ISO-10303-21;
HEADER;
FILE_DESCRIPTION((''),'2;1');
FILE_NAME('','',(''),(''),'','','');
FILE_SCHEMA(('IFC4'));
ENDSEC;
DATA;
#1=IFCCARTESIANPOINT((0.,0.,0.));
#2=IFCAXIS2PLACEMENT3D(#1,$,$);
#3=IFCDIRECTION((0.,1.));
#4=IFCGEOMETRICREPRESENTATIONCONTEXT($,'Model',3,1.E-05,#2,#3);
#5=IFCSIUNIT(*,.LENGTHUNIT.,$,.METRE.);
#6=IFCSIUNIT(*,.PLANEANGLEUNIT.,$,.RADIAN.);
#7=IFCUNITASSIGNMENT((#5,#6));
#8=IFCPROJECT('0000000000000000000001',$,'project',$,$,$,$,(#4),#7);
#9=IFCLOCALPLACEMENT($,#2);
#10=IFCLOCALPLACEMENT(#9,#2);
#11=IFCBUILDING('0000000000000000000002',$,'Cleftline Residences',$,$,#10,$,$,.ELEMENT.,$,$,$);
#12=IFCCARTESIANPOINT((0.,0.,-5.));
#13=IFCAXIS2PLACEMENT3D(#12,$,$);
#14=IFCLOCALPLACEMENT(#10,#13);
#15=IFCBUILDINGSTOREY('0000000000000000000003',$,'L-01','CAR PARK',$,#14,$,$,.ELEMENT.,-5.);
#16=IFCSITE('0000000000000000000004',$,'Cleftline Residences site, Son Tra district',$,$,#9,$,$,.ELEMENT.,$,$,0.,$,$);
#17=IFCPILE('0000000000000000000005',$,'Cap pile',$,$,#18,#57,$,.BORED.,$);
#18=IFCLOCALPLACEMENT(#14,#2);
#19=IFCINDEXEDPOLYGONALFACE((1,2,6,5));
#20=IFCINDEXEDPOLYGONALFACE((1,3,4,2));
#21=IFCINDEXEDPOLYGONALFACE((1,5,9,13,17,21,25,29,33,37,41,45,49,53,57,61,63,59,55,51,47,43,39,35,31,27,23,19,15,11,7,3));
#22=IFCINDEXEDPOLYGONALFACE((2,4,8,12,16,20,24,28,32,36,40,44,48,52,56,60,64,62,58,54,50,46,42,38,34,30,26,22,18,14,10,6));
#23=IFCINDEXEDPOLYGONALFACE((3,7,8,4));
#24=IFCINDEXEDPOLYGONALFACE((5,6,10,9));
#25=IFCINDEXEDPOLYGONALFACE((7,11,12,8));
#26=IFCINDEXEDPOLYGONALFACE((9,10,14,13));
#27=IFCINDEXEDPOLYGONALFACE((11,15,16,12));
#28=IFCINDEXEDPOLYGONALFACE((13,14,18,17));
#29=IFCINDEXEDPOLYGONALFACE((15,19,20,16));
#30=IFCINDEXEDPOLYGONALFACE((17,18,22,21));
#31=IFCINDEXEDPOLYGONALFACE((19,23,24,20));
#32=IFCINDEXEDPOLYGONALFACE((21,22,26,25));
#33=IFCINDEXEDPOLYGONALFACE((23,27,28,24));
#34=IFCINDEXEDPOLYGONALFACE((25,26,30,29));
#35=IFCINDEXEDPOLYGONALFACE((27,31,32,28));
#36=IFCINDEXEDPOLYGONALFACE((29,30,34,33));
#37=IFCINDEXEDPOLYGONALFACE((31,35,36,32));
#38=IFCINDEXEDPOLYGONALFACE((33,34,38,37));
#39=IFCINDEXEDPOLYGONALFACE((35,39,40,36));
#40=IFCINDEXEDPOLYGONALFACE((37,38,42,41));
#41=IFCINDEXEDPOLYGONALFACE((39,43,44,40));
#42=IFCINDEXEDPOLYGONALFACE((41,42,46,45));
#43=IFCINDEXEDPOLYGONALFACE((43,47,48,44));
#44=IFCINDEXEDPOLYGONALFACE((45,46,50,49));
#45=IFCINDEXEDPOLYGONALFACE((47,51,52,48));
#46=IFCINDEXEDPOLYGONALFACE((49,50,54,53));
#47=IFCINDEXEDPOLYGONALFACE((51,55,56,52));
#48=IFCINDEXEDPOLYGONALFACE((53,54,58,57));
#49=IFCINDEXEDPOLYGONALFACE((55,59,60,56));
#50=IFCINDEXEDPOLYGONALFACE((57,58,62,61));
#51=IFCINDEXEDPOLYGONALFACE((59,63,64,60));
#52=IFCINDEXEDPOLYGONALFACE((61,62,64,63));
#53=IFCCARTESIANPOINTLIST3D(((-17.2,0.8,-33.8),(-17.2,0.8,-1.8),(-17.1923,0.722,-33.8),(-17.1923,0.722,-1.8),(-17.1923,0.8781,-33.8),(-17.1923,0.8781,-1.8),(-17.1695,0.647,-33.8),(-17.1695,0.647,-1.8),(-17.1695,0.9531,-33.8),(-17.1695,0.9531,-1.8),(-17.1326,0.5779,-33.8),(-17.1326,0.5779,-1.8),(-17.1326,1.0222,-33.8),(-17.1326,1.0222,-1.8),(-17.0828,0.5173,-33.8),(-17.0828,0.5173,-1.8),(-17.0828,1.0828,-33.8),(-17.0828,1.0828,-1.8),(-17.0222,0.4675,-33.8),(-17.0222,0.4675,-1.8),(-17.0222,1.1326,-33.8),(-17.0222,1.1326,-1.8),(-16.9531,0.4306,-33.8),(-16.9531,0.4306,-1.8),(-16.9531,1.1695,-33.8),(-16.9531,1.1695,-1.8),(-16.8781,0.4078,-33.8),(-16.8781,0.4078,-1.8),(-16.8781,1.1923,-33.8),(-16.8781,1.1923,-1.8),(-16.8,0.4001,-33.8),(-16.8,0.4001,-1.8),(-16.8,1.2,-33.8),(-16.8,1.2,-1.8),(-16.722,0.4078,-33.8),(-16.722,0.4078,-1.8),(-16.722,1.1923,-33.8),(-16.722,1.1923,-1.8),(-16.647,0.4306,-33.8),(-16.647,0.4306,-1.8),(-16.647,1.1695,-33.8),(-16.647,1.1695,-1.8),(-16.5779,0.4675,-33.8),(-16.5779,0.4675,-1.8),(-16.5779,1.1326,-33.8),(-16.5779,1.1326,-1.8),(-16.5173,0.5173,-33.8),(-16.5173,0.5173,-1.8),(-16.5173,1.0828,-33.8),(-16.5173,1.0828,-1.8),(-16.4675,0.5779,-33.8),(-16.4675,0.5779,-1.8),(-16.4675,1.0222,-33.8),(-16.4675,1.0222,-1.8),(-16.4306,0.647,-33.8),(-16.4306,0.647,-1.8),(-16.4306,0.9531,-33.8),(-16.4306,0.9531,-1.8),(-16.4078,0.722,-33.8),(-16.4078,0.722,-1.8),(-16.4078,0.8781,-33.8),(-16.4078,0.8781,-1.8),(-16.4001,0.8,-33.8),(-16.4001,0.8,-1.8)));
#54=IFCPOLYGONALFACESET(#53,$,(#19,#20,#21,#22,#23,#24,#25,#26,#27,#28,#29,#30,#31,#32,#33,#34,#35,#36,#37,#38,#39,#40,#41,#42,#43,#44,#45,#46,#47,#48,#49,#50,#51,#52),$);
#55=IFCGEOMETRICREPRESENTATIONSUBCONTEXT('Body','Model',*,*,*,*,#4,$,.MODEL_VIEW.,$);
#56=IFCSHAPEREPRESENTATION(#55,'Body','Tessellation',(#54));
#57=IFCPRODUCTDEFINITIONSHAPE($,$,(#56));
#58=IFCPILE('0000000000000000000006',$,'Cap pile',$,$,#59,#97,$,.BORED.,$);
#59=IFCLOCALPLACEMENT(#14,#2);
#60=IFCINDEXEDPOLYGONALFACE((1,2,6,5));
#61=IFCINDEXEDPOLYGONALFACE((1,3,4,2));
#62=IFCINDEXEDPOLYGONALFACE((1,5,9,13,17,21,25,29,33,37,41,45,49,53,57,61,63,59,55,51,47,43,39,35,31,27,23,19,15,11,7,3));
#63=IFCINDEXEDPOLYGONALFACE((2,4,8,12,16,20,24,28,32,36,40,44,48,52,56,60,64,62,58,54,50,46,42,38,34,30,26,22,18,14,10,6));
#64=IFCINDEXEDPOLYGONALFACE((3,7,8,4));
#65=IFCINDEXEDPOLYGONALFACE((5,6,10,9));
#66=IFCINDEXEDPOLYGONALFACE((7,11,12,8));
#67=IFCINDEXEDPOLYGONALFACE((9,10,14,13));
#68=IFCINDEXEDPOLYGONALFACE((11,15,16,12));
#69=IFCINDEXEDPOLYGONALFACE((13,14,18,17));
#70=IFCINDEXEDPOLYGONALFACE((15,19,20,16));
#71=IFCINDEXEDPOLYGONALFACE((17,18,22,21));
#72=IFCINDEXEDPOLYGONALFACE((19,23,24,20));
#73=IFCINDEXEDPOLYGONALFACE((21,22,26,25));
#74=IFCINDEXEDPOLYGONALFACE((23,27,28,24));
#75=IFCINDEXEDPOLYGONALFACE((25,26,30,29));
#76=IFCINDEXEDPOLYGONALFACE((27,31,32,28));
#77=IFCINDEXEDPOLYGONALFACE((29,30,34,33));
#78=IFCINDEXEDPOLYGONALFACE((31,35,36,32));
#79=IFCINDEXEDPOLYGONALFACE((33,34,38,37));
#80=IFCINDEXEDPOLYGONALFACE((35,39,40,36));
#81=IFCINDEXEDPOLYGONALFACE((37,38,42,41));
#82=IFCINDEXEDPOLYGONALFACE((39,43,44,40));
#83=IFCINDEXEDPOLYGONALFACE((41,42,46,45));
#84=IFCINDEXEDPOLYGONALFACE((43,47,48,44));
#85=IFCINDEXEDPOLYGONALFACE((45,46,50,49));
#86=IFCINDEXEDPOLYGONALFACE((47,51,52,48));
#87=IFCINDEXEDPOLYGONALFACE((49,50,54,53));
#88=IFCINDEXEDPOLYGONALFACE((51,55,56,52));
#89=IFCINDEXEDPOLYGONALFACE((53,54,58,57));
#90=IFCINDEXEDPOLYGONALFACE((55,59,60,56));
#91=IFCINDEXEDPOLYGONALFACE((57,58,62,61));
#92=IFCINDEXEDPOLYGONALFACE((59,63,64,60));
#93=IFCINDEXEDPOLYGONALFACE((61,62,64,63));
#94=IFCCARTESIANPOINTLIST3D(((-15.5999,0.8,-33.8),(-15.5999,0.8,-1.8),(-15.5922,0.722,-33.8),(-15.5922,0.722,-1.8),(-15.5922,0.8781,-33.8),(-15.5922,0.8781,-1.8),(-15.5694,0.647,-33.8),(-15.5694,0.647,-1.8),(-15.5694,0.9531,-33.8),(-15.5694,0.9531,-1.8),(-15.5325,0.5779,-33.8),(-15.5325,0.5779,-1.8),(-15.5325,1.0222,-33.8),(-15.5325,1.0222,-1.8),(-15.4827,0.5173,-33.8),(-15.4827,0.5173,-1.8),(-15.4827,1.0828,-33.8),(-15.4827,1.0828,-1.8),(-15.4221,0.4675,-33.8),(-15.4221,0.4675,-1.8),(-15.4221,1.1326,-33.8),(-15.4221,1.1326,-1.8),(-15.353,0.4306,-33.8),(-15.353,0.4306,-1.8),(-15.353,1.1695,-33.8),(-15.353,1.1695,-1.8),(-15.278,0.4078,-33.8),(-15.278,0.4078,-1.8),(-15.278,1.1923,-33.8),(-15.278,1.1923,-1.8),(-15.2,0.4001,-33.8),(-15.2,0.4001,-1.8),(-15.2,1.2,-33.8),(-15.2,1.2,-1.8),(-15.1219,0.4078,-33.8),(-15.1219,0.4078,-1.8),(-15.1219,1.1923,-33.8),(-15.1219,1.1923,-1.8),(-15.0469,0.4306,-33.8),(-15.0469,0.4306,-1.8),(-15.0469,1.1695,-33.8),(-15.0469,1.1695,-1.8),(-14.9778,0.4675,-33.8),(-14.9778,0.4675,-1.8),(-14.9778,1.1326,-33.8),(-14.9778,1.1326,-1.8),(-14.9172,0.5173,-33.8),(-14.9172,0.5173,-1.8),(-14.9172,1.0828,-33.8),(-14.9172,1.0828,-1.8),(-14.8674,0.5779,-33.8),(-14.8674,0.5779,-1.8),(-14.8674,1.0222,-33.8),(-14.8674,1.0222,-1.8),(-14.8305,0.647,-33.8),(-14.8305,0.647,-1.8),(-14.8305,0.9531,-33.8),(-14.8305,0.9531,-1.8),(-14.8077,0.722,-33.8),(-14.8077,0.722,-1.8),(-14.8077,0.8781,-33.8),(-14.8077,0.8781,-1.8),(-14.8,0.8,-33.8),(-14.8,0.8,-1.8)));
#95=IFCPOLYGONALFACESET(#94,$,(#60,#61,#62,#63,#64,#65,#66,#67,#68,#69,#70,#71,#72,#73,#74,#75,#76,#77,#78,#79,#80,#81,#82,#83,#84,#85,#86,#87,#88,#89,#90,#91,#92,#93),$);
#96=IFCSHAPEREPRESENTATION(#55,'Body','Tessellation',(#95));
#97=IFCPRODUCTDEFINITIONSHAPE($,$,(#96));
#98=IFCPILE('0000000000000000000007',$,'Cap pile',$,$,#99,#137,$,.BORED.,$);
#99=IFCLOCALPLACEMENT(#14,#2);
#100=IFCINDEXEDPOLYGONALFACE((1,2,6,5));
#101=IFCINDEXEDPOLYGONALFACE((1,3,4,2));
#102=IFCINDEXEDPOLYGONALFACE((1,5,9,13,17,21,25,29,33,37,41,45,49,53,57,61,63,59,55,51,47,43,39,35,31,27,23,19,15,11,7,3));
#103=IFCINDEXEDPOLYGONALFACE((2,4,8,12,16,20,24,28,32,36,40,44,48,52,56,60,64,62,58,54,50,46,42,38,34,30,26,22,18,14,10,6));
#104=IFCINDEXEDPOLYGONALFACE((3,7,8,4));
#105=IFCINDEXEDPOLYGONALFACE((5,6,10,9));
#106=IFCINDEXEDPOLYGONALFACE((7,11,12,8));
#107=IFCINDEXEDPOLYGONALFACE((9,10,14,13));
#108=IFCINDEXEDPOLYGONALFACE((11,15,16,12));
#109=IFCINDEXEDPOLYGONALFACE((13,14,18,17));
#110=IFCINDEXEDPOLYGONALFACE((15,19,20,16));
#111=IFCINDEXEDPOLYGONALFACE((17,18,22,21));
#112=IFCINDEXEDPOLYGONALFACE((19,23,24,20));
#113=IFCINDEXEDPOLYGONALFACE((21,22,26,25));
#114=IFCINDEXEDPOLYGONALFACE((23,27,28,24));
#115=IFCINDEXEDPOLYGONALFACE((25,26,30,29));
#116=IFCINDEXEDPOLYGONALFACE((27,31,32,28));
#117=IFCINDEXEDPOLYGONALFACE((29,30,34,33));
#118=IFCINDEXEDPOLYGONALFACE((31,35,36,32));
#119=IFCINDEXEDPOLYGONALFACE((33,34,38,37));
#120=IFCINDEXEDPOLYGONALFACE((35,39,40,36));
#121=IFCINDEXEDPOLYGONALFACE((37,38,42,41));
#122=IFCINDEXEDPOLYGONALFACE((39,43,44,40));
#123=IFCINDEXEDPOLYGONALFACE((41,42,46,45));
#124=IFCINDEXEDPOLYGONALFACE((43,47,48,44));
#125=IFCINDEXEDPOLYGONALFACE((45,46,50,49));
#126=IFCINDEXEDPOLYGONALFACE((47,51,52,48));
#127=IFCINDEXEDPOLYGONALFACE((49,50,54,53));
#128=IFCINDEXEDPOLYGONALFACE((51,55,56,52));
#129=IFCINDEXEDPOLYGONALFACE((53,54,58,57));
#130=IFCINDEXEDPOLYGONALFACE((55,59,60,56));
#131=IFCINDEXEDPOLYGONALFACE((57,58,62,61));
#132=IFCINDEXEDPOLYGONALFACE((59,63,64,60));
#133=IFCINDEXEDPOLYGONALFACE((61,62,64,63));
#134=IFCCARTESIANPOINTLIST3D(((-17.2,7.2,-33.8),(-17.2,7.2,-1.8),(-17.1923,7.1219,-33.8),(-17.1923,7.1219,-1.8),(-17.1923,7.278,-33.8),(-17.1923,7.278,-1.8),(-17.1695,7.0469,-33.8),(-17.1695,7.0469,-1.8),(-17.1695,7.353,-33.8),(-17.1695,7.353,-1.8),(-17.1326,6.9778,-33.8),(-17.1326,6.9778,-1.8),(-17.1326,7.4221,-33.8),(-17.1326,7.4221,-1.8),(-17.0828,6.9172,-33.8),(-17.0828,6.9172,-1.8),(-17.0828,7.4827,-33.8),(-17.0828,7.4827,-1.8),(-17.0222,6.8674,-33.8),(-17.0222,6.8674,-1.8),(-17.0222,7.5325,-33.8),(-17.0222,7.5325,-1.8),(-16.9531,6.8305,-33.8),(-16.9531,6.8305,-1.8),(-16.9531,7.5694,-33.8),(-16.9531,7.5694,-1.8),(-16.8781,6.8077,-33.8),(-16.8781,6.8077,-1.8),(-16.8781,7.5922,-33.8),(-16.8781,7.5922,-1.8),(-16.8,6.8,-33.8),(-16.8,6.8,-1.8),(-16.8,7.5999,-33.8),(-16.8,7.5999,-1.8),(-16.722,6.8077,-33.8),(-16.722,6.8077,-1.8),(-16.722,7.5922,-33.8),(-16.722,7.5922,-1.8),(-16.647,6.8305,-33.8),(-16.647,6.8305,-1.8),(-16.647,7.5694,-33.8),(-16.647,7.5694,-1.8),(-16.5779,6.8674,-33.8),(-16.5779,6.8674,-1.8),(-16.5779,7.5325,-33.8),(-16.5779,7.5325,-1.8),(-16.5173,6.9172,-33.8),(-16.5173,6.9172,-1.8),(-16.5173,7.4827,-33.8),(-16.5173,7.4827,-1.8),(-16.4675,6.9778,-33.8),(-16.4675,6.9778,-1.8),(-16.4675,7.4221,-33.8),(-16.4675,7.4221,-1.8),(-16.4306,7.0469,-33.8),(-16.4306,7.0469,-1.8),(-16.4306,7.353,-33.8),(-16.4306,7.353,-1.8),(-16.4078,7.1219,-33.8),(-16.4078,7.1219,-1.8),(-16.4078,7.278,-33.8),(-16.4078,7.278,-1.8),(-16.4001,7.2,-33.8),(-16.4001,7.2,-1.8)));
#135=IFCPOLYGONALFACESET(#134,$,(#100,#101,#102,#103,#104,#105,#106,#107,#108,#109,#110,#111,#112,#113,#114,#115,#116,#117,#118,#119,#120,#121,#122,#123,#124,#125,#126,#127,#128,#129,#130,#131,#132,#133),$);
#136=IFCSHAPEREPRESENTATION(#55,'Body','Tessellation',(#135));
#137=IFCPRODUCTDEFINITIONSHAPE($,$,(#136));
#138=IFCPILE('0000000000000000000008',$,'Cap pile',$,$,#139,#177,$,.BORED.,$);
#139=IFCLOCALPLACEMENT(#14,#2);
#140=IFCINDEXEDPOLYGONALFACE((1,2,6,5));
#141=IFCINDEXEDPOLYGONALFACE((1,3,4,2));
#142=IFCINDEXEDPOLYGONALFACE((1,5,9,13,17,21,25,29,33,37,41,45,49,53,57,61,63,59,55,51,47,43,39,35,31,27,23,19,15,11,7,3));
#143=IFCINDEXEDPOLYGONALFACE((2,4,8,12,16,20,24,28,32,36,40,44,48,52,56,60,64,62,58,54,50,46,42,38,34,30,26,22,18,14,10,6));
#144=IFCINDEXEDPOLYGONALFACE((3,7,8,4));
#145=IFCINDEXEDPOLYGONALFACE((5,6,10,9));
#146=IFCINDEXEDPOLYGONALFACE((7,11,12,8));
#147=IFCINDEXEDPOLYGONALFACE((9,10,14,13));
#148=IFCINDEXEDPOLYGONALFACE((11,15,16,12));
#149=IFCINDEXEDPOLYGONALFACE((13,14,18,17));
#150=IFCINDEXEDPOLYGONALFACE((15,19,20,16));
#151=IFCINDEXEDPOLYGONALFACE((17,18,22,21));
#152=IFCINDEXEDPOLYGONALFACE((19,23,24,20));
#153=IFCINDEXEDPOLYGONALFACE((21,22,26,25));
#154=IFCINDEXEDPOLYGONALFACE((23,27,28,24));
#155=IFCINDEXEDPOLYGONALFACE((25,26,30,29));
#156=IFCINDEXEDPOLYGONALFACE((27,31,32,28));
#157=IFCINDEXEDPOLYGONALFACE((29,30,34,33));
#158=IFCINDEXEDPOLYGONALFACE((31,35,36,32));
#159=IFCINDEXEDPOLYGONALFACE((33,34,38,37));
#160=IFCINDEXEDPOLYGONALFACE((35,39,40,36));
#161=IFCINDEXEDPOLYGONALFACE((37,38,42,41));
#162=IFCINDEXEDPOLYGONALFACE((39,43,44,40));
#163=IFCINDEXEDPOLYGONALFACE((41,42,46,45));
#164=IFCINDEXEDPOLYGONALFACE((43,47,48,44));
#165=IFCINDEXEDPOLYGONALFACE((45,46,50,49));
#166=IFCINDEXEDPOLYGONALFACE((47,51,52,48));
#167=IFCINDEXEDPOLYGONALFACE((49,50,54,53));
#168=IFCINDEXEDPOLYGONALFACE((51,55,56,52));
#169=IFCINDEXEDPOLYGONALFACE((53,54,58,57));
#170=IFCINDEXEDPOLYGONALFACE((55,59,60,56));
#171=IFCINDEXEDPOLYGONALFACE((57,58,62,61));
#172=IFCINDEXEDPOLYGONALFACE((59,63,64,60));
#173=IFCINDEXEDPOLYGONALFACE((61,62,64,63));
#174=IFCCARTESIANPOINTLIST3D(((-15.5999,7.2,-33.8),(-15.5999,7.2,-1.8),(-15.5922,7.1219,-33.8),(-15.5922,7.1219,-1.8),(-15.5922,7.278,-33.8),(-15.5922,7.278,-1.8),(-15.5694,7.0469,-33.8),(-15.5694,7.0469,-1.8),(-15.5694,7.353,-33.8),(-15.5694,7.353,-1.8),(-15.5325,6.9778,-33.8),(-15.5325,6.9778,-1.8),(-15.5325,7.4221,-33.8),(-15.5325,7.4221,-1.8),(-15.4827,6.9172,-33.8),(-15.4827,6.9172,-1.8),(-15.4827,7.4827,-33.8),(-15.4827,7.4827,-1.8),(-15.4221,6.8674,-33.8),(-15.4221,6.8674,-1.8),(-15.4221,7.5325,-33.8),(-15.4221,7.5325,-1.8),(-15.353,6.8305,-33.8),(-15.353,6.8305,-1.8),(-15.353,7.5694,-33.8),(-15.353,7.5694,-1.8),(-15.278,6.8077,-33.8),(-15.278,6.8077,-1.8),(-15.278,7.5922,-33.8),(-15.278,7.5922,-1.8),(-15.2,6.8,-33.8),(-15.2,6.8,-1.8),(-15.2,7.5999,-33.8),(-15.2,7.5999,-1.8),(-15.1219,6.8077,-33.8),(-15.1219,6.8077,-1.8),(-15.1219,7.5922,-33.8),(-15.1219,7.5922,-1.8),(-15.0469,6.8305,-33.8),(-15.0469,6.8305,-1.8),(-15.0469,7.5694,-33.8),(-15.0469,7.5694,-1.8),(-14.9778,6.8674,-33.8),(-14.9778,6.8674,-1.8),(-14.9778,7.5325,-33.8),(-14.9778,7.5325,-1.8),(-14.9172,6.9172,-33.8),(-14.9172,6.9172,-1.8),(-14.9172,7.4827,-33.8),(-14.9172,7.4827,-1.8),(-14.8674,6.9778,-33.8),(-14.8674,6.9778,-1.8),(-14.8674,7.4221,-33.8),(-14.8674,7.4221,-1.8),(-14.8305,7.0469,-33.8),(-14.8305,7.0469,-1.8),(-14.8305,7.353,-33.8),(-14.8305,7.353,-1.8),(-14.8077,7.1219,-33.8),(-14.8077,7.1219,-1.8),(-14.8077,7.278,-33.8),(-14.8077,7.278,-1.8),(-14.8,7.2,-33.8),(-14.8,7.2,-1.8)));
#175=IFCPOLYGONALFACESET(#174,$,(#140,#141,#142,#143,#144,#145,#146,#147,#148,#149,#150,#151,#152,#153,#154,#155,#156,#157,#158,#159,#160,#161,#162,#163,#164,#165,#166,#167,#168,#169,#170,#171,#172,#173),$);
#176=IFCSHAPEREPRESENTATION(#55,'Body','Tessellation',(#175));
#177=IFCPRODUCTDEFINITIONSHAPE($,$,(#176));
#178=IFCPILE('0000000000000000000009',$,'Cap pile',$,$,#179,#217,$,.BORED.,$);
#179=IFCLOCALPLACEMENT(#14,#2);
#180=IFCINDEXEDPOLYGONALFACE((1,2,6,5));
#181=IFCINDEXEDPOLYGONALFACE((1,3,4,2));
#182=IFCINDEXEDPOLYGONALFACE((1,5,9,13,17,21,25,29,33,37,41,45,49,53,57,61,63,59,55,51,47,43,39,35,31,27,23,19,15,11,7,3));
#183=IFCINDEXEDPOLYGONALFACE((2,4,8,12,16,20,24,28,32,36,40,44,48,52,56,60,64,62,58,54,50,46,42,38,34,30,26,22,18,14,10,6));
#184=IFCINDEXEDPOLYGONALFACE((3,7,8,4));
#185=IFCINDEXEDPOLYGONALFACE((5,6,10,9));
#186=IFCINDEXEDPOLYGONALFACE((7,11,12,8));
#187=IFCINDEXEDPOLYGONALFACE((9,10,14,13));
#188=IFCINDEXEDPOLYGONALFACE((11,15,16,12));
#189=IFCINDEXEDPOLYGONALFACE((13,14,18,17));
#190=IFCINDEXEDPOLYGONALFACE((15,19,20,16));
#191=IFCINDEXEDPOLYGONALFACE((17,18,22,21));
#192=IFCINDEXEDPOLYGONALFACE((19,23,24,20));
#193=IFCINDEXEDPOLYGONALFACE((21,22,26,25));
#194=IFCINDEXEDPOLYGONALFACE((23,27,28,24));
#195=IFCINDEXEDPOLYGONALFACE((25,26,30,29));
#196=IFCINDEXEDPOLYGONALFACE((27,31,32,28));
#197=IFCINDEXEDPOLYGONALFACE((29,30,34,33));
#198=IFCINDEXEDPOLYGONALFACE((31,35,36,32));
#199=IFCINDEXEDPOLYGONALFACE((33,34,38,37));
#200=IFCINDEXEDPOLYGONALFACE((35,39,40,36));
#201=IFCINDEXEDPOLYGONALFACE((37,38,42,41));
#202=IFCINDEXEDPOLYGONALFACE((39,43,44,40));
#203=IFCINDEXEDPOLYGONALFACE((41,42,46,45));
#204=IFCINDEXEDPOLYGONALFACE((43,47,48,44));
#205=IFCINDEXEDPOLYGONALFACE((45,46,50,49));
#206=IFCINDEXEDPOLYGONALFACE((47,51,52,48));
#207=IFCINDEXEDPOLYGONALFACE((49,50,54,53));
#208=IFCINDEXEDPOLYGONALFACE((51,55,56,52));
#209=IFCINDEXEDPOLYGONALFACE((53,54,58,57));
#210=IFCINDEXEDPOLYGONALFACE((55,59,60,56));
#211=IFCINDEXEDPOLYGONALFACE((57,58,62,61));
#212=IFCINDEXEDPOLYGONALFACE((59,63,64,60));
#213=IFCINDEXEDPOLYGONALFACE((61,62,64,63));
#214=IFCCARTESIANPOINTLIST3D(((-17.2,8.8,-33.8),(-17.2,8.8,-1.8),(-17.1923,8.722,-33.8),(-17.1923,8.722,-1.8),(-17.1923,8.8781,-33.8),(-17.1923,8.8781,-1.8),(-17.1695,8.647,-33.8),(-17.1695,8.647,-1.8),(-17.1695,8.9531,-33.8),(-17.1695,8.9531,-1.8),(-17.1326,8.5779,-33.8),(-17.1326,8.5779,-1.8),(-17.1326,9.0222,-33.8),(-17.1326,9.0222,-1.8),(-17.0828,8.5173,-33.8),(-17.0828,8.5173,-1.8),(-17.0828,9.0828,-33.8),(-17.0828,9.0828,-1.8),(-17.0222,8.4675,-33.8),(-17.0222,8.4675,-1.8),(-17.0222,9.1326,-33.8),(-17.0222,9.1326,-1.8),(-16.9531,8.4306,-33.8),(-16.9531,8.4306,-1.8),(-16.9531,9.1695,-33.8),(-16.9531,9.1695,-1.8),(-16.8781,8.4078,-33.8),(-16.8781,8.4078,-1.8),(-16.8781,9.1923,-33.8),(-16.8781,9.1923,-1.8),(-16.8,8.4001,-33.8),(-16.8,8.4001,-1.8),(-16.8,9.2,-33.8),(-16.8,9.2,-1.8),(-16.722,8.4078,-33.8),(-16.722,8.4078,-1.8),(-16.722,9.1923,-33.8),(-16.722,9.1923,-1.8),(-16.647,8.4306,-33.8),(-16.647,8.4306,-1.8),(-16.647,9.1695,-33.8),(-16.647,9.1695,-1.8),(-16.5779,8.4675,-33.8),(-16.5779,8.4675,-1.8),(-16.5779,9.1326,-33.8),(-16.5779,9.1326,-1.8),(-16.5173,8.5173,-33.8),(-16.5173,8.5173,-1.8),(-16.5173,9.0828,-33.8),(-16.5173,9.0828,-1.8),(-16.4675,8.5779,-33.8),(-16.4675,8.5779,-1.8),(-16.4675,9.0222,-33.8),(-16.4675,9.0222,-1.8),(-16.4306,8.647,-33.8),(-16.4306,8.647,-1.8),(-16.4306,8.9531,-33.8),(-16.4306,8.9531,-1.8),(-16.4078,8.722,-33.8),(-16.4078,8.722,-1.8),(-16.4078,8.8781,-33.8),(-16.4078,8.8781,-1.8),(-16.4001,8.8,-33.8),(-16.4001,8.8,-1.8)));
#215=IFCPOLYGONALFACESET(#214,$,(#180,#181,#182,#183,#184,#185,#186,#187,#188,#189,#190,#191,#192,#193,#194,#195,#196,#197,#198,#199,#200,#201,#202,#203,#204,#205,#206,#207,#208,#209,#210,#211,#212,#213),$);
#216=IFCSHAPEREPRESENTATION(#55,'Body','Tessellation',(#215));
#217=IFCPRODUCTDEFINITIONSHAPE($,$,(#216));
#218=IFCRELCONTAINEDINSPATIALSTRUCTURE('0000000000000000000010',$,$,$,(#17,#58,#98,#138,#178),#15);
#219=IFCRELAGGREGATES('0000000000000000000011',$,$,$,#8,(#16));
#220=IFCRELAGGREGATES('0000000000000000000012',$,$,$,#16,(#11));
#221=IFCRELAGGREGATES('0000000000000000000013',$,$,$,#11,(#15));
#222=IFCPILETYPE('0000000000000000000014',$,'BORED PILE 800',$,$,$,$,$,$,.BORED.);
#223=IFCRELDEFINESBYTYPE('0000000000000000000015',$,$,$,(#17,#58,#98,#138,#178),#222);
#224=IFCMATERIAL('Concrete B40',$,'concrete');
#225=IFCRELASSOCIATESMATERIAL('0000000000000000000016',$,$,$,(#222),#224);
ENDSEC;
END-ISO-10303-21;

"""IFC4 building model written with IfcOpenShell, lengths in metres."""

from ifc_helpers import new_model, si_unit, direction, frame, origin, origin_2d, place, context, subcontext, project, spatial, circle, extrude, material, material_profile, profile_set, type_object, element, save


model = new_model("IFC4")

# Units and contexts
model_context = context("Model", 3, precision=1e-05, world=origin(), true_north=direction((0.0, 1.0)))
body_context = subcontext(model_context, "Body", "Model", "MODEL_VIEW")
ifc_project = project(units=[si_unit("LENGTHUNIT", "METRE"), si_unit("PLANEANGLEUNIT", "RADIAN")], contexts=[model_context])

# Site, building, storey
site_placement = place(None, origin())
site = spatial("IfcSite", under=ifc_project, at=site_placement, Name="Cleftline Residences site, Son Tra district", CompositionType="ELEMENT", RefElevation=0.0)
building_placement = place(site_placement, origin())
building = spatial("IfcBuilding", under=site, at=building_placement, Name="Cleftline Residences", CompositionType="ELEMENT")
storey_placement = place(building_placement, frame((0.0, 0.0, -5.0)))
storey = spatial("IfcBuildingStorey", under=building, at=storey_placement, Name="L-01", Description="CAR PARK", CompositionType="ELEMENT", Elevation=-5.0)

# Piles
ifc_material_1 = material(Name="Concrete B40", Category="concrete")
ifc_material_profile_1 = material_profile(ifc_material_1, circle(Radius=0.3999, at=origin_2d()))
ifc_profile_set_1 = profile_set([ifc_material_profile_1], Name="Concrete B40")
pile_type_1 = type_object("IfcPileType", Name="BORED PILE 800", PredefinedType="BORED", material=ifc_profile_set_1)
for number, where, z_axis, x_axis, name in (
    (1, (-16.8, 0.8, -1.8), (0.0, 0.0, -1.0), (1.0, 0.0, 0.0), "Cap pile"),
    (2, (-15.2, 0.8, -1.8), (0.0, 0.0, -1.0), (1.0, 0.0, 0.0), "Cap pile"),
    (3, (-16.8, 7.2, -1.8), (0.0, 0.0, -1.0), (1.0, 0.0, 0.0), "Cap pile"),
    (4, (-15.2, 7.2, -1.8), (0.0, 0.0, -1.0), (1.0, 0.0, 0.0), "Cap pile"),
    (5, (-16.8, 8.8, -1.8), (0.0, 0.0, -1.0), (1.0, 0.0, 0.0), "Cap pile"),
):
    element("IfcPile", number, at=place(storey_placement, frame(where, z_axis=z_axis, x_axis=x_axis)), inside=storey, type_object=pile_type_1, Name=name, PredefinedType="BORED", context=body_context, shape_type="SweptSolid", body=[
        extrude(circle(Radius=0.3999, at=origin_2d()), origin(), (0.0, 0.0, 1.0), 32.0),
    ])

save(model, "model.ifc")
